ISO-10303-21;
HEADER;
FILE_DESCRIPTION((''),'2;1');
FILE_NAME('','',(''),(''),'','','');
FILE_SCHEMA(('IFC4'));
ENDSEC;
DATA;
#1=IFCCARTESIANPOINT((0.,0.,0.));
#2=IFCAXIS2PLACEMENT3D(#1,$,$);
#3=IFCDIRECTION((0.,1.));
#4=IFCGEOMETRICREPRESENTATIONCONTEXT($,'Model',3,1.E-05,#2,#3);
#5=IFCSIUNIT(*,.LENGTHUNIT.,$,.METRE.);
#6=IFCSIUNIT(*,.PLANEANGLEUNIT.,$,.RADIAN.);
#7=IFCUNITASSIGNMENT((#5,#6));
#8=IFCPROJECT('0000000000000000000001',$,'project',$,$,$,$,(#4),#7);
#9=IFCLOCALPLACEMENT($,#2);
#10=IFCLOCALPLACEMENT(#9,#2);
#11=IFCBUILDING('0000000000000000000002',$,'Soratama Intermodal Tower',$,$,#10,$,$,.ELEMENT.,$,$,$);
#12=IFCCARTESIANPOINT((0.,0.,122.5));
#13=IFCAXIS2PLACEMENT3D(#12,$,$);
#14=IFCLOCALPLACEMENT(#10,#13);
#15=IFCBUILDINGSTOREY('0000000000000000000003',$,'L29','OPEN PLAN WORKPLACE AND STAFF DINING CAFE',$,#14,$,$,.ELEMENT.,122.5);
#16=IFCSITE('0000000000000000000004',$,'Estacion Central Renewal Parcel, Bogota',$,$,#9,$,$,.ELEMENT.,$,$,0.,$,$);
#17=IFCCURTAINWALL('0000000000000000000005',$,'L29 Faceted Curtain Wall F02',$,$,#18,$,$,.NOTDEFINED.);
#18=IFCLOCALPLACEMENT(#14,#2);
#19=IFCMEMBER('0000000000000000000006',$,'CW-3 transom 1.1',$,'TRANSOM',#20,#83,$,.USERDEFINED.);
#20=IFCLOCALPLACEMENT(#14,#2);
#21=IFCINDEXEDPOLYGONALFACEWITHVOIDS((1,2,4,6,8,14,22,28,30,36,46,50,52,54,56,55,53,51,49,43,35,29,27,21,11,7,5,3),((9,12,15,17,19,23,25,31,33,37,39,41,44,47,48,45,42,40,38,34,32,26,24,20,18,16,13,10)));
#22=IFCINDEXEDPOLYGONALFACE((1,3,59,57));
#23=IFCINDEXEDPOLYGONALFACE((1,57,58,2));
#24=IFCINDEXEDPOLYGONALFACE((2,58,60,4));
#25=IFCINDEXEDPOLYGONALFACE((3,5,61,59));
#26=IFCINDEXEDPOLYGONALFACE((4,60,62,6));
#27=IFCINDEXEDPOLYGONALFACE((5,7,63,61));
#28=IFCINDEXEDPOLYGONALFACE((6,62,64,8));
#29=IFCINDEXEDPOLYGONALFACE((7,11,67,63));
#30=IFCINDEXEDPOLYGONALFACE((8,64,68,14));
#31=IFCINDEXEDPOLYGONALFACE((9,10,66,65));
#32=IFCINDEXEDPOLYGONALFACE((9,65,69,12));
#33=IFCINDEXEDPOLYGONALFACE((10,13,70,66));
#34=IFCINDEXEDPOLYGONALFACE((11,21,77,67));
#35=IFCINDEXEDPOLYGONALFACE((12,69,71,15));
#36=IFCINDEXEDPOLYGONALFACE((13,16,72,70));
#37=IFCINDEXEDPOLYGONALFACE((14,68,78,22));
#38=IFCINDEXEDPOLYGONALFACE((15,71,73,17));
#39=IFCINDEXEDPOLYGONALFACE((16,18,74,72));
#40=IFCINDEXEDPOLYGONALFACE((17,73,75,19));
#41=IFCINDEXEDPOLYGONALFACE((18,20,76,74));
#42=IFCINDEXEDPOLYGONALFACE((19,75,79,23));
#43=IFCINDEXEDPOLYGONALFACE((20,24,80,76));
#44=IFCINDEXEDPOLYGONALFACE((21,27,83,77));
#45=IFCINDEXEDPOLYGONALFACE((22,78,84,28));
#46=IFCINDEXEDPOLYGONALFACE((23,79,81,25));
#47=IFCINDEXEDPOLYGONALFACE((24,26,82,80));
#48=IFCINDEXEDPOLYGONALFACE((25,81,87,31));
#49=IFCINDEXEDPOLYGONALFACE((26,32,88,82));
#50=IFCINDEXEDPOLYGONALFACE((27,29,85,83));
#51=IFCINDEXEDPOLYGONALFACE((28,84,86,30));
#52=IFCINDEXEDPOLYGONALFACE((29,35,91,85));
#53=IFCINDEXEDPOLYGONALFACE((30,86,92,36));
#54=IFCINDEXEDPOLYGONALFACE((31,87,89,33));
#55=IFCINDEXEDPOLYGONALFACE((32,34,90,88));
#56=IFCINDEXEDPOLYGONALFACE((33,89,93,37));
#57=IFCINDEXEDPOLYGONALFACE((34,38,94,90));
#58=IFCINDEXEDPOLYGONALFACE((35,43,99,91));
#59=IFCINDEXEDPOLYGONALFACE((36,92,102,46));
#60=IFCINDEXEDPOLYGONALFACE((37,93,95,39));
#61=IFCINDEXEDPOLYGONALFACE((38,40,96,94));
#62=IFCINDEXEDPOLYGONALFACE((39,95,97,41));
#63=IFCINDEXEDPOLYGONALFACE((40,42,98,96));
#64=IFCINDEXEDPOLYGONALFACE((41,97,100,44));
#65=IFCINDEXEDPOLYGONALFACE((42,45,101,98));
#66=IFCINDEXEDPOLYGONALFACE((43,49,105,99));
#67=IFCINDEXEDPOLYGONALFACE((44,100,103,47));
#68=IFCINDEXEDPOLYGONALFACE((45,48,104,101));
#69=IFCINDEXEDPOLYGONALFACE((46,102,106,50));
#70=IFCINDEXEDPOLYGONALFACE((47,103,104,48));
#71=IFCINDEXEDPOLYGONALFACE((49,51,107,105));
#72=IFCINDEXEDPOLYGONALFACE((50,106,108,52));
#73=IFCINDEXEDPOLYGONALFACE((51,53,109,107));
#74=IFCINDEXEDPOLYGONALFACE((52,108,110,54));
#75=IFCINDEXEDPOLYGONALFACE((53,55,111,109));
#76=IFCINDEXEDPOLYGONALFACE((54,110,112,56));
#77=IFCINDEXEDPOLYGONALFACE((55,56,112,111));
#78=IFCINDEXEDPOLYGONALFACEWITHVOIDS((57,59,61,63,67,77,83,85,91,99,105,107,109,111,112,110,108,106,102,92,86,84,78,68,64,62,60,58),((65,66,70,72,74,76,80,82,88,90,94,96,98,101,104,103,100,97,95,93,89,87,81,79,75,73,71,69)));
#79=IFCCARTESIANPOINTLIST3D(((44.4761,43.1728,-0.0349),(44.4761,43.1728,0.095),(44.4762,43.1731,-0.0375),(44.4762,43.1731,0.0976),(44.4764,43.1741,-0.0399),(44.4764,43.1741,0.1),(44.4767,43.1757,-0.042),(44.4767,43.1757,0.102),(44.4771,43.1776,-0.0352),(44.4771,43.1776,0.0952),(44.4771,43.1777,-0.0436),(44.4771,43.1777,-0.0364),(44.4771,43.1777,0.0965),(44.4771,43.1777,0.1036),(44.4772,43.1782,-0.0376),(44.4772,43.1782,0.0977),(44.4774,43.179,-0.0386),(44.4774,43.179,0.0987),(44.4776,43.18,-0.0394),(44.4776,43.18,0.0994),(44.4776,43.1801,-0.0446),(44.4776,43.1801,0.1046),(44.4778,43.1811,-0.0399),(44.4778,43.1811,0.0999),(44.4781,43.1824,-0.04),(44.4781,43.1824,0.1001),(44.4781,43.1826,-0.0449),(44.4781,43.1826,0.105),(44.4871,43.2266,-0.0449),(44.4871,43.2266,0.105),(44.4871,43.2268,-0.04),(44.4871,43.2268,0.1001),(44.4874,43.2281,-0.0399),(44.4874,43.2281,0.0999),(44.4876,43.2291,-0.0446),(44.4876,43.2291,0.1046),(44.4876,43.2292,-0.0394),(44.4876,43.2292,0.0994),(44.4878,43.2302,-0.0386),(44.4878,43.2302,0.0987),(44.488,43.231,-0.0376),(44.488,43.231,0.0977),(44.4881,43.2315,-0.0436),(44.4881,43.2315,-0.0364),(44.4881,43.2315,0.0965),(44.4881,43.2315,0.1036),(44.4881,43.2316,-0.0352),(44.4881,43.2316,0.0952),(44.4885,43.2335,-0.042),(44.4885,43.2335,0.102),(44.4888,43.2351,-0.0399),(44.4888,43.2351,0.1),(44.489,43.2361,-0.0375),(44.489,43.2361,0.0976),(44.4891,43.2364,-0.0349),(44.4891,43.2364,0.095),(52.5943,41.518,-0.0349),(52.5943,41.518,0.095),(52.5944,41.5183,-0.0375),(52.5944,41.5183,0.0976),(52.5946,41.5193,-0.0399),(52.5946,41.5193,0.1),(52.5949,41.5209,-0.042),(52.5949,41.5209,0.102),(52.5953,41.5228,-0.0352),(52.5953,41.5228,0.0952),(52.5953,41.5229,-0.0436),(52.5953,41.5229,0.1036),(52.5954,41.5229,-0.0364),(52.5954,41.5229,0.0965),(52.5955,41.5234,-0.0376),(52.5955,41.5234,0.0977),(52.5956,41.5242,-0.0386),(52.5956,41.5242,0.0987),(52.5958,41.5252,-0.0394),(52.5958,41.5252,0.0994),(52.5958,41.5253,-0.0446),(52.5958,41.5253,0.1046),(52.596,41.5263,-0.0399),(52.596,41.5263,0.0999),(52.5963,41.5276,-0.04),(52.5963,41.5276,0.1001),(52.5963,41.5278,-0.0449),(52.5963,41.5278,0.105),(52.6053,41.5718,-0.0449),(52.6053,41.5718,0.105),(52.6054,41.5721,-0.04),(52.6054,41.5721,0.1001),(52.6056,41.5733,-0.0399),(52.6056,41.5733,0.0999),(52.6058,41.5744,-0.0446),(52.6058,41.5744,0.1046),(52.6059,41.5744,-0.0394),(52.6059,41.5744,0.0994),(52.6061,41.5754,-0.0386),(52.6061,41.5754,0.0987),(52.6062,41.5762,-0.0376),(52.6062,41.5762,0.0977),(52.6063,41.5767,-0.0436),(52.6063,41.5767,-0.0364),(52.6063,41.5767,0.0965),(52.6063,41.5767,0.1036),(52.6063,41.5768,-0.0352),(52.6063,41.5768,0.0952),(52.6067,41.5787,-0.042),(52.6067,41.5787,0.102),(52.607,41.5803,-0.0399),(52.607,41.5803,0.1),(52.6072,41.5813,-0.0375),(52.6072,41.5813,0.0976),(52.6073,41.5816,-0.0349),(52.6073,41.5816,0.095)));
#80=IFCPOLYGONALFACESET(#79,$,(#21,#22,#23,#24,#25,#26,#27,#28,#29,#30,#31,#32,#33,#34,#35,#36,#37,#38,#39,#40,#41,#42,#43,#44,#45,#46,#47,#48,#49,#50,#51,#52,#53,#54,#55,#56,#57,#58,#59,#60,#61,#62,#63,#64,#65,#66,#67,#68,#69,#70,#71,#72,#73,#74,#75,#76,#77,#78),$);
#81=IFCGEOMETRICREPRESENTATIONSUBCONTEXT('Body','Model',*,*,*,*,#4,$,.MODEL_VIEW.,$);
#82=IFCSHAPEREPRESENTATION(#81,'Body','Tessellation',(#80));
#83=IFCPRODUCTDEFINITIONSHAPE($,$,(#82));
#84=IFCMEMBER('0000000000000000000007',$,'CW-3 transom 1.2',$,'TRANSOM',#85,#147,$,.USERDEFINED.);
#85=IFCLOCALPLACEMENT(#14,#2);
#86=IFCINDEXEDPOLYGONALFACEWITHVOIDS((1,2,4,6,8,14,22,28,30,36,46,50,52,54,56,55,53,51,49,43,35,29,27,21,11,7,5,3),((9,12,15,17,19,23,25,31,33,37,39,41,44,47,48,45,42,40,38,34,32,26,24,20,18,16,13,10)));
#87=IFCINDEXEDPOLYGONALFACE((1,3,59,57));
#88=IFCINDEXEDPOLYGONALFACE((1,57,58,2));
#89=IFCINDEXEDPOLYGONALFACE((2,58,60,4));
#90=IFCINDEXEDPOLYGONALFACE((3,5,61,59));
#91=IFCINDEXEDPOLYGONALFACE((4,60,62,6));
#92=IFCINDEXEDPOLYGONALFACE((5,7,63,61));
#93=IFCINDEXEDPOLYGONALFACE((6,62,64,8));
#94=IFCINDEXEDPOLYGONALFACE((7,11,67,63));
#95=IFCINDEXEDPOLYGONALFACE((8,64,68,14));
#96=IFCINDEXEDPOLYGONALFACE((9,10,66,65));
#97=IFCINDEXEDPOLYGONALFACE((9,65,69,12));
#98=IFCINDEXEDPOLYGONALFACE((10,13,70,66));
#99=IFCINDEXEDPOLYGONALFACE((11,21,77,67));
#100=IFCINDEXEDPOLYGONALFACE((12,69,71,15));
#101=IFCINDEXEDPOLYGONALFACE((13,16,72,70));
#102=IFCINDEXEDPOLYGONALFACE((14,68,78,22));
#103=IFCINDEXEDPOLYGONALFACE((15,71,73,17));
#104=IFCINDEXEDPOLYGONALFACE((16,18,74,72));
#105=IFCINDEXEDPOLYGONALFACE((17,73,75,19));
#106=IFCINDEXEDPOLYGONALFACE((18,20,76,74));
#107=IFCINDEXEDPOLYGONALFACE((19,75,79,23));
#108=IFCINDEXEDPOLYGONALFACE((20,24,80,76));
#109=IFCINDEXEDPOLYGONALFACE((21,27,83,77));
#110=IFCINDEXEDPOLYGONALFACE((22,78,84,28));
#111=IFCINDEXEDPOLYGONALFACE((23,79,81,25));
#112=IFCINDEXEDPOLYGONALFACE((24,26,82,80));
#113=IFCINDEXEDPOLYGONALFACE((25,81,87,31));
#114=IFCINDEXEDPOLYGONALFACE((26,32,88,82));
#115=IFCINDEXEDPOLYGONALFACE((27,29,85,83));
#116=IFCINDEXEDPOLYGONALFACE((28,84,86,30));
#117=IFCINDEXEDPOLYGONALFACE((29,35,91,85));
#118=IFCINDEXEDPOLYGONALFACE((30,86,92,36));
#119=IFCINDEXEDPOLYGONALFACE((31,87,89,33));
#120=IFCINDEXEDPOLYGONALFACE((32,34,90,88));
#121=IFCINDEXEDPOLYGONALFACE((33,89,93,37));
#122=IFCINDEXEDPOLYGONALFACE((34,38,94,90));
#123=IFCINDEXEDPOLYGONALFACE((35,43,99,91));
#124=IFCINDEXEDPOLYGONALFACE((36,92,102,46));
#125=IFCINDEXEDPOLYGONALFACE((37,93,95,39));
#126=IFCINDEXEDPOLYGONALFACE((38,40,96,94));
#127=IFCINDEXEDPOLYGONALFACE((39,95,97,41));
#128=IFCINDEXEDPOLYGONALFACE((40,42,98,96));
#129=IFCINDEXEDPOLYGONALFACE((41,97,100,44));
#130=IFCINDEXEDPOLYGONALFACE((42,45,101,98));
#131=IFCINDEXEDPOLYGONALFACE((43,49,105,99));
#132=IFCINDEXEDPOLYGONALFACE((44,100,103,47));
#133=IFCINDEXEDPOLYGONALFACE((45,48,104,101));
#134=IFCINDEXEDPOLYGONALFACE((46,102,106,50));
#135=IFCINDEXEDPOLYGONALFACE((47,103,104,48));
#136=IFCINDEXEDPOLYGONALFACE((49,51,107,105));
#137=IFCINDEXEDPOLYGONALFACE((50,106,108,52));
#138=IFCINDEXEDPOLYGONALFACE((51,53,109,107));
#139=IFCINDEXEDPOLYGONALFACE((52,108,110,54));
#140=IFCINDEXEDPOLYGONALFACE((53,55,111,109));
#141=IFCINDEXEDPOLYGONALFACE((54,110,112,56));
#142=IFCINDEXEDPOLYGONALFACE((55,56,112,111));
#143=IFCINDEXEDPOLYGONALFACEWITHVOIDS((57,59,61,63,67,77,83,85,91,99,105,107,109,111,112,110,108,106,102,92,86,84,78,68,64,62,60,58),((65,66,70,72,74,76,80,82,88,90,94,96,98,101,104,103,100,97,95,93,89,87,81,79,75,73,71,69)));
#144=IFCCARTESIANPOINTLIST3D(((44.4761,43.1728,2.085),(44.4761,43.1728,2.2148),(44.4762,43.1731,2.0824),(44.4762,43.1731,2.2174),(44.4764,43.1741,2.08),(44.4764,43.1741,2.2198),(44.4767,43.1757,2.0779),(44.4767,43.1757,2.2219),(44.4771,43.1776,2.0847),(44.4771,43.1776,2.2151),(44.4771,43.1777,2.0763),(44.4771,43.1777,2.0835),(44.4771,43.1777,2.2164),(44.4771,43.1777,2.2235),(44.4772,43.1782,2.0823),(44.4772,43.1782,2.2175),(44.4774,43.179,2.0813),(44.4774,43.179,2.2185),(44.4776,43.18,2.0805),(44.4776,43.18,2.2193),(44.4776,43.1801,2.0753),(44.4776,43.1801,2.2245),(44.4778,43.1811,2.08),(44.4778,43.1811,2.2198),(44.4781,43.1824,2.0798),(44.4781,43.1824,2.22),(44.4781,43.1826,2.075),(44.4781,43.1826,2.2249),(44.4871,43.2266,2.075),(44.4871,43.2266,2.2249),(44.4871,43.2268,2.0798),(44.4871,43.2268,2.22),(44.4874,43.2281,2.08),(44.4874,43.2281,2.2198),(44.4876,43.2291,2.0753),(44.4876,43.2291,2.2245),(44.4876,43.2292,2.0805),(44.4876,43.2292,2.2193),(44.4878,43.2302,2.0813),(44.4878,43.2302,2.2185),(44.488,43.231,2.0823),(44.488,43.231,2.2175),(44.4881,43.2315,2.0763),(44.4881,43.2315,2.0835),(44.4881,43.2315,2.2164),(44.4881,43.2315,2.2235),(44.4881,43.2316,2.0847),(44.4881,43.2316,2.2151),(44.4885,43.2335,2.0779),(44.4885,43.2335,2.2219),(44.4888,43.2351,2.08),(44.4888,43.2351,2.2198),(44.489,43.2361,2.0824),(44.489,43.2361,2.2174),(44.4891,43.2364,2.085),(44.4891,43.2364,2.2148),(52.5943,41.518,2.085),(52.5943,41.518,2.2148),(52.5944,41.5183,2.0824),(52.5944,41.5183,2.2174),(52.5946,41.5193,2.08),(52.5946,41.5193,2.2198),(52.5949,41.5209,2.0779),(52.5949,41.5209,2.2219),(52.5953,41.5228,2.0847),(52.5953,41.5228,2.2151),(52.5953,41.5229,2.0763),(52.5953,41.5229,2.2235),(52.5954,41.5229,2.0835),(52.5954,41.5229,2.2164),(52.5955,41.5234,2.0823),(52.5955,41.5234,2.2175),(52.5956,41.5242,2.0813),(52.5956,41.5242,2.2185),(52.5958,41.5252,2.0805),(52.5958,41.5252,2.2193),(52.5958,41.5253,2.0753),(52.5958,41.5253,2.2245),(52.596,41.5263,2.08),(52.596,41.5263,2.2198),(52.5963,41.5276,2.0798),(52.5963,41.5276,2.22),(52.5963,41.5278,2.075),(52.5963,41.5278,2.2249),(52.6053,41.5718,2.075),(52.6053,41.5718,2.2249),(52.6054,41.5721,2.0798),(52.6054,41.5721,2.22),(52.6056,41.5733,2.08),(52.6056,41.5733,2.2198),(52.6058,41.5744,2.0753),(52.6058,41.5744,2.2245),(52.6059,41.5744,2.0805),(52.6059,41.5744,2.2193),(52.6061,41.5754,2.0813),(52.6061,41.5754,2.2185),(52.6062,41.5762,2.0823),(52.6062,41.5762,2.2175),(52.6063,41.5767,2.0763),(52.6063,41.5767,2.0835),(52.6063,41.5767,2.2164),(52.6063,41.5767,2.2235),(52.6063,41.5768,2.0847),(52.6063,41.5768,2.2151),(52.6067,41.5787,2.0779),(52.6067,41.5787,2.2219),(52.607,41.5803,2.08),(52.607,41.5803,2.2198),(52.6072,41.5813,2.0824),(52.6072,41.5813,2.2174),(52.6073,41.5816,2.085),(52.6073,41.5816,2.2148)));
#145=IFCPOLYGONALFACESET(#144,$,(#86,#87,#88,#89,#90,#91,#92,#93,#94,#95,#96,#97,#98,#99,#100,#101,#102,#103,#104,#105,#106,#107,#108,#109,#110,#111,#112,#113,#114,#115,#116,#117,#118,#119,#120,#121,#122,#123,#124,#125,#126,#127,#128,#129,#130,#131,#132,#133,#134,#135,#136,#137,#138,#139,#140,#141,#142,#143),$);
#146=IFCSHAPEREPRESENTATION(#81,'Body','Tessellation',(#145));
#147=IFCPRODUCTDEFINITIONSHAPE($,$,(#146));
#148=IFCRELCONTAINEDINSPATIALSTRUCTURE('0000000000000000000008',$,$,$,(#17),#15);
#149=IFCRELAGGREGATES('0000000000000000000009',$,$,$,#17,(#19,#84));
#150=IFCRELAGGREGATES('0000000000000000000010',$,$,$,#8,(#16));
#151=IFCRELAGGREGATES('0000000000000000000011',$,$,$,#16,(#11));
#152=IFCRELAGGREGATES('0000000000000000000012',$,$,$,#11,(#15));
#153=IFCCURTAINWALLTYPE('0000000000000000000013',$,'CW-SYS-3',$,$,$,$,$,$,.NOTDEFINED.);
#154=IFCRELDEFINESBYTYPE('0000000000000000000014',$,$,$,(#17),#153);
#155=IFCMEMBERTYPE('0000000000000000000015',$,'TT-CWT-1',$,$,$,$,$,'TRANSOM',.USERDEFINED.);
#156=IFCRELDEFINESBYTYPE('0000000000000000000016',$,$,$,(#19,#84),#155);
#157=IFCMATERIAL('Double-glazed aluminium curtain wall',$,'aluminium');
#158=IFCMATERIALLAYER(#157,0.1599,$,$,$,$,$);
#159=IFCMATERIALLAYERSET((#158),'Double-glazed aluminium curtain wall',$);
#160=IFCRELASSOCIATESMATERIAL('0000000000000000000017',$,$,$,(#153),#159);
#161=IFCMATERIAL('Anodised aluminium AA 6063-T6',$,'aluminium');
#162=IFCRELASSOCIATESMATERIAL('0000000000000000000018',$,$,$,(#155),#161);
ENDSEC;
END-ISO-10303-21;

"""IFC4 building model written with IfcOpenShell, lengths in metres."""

from ifc_helpers import new_model, si_unit, direction, frame, origin, origin_2d, place, context, subcontext, project, spatial, hollow_rectangle, extrude, material, layer, layer_set, material_profile, profile_set, type_object, element, aggregate, save


model = new_model("IFC4")

# Units and contexts
model_context = context("Model", 3, precision=1e-05, world=origin(), true_north=direction((0.0, 1.0)))
body_context = subcontext(model_context, "Body", "Model", "MODEL_VIEW")
ifc_project = project(units=[si_unit("LENGTHUNIT", "METRE"), si_unit("PLANEANGLEUNIT", "RADIAN")], contexts=[model_context])

# Site, building, storey
site_placement = place(None, origin())
site = spatial("IfcSite", under=ifc_project, at=site_placement, Name="Estacion Central Renewal Parcel, Bogota", CompositionType="ELEMENT", RefElevation=0.0)
building_placement = place(site_placement, origin())
building = spatial("IfcBuilding", under=site, at=building_placement, Name="Soratama Intermodal Tower", CompositionType="ELEMENT")
storey_placement = place(building_placement, frame((0.0, 0.0, 122.5)))
storey = spatial("IfcBuildingStorey", under=building, at=storey_placement, Name="L29", Description="OPEN PLAN WORKPLACE AND STAFF DINING CAFE", CompositionType="ELEMENT", Elevation=122.5)

# Shared definitions
ifc_material_1 = material(Name="Double-glazed aluminium curtain wall", Category="aluminium")
ifc_layer_1 = layer(ifc_material_1, 0.1599)
ifc_layer_set_1 = layer_set([ifc_layer_1], Name="Double-glazed aluminium curtain wall")
curtain_wall_type = type_object("IfcCurtainWallType", Name="CW-SYS-3", PredefinedType="NOTDEFINED", material=ifc_layer_set_1)

# Curtain wall
curtain_wall_1_placement = place(storey_placement, origin())
curtain_wall_1 = element("IfcCurtainWall", 1, at=curtain_wall_1_placement, inside=storey, type_object=curtain_wall_type, Name="L29 Faceted Curtain Wall F02", PredefinedType="NOTDEFINED")

# Members
ifc_material_2 = material(Name="Anodised aluminium AA 6063-T6", Category="aluminium")
ifc_material_profile_1 = material_profile(ifc_material_2, hollow_rectangle(XDim=0.0649, YDim=0.1499, WallThickness=0.0049, InnerFilletRadius=0.0049, OuterFilletRadius=0.01, at=origin_2d()), Name="CWT150X65X5")
ifc_profile_set_1 = profile_set([ifc_material_profile_1], Name="Anodised aluminium AA 6063-T6")
member_type_1 = type_object("IfcMemberType", Name="TT-CWT-1", ElementType="TRANSOM", PredefinedType="USERDEFINED", material=ifc_profile_set_1)
member_1_placement = place(storey_placement, frame((52.6008, 41.5498, 0.03), z_axis=(-0.979851, 0.19973, 0.0), x_axis=(-0.19973, -0.979851, 0.0)))
member_1 = element("IfcMember", 2, at=member_1_placement, type_object=member_type_1, Name="CW-3 transom 1.1", ObjectType="TRANSOM", PredefinedType="USERDEFINED", context=body_context, shape_type="SweptSolid", body=[
    extrude(hollow_rectangle(XDim=0.0649, YDim=0.1499, WallThickness=0.0049, InnerFilletRadius=0.0049, OuterFilletRadius=0.01, at=origin_2d()), origin(), (0.0, 0.0, 1.0), 8.2852),
])
member_2_placement = place(storey_placement, frame((52.6008, 41.5498, 2.1499), z_axis=(-0.979851, 0.19973, 0.0), x_axis=(-0.19973, -0.979851, 0.0)))
member_2 = element("IfcMember", 3, at=member_2_placement, type_object=member_type_1, Name="CW-3 transom 1.2", ObjectType="TRANSOM", PredefinedType="USERDEFINED", context=body_context, shape_type="SweptSolid", body=[
    extrude(hollow_rectangle(XDim=0.0649, YDim=0.1499, WallThickness=0.0049, InnerFilletRadius=0.0049, OuterFilletRadius=0.01, at=origin_2d()), origin(), (0.0, 0.0, 1.0), 8.2852),
])

aggregate(curtain_wall_1, [member_1, member_2])

save(model, "model.ifc")
